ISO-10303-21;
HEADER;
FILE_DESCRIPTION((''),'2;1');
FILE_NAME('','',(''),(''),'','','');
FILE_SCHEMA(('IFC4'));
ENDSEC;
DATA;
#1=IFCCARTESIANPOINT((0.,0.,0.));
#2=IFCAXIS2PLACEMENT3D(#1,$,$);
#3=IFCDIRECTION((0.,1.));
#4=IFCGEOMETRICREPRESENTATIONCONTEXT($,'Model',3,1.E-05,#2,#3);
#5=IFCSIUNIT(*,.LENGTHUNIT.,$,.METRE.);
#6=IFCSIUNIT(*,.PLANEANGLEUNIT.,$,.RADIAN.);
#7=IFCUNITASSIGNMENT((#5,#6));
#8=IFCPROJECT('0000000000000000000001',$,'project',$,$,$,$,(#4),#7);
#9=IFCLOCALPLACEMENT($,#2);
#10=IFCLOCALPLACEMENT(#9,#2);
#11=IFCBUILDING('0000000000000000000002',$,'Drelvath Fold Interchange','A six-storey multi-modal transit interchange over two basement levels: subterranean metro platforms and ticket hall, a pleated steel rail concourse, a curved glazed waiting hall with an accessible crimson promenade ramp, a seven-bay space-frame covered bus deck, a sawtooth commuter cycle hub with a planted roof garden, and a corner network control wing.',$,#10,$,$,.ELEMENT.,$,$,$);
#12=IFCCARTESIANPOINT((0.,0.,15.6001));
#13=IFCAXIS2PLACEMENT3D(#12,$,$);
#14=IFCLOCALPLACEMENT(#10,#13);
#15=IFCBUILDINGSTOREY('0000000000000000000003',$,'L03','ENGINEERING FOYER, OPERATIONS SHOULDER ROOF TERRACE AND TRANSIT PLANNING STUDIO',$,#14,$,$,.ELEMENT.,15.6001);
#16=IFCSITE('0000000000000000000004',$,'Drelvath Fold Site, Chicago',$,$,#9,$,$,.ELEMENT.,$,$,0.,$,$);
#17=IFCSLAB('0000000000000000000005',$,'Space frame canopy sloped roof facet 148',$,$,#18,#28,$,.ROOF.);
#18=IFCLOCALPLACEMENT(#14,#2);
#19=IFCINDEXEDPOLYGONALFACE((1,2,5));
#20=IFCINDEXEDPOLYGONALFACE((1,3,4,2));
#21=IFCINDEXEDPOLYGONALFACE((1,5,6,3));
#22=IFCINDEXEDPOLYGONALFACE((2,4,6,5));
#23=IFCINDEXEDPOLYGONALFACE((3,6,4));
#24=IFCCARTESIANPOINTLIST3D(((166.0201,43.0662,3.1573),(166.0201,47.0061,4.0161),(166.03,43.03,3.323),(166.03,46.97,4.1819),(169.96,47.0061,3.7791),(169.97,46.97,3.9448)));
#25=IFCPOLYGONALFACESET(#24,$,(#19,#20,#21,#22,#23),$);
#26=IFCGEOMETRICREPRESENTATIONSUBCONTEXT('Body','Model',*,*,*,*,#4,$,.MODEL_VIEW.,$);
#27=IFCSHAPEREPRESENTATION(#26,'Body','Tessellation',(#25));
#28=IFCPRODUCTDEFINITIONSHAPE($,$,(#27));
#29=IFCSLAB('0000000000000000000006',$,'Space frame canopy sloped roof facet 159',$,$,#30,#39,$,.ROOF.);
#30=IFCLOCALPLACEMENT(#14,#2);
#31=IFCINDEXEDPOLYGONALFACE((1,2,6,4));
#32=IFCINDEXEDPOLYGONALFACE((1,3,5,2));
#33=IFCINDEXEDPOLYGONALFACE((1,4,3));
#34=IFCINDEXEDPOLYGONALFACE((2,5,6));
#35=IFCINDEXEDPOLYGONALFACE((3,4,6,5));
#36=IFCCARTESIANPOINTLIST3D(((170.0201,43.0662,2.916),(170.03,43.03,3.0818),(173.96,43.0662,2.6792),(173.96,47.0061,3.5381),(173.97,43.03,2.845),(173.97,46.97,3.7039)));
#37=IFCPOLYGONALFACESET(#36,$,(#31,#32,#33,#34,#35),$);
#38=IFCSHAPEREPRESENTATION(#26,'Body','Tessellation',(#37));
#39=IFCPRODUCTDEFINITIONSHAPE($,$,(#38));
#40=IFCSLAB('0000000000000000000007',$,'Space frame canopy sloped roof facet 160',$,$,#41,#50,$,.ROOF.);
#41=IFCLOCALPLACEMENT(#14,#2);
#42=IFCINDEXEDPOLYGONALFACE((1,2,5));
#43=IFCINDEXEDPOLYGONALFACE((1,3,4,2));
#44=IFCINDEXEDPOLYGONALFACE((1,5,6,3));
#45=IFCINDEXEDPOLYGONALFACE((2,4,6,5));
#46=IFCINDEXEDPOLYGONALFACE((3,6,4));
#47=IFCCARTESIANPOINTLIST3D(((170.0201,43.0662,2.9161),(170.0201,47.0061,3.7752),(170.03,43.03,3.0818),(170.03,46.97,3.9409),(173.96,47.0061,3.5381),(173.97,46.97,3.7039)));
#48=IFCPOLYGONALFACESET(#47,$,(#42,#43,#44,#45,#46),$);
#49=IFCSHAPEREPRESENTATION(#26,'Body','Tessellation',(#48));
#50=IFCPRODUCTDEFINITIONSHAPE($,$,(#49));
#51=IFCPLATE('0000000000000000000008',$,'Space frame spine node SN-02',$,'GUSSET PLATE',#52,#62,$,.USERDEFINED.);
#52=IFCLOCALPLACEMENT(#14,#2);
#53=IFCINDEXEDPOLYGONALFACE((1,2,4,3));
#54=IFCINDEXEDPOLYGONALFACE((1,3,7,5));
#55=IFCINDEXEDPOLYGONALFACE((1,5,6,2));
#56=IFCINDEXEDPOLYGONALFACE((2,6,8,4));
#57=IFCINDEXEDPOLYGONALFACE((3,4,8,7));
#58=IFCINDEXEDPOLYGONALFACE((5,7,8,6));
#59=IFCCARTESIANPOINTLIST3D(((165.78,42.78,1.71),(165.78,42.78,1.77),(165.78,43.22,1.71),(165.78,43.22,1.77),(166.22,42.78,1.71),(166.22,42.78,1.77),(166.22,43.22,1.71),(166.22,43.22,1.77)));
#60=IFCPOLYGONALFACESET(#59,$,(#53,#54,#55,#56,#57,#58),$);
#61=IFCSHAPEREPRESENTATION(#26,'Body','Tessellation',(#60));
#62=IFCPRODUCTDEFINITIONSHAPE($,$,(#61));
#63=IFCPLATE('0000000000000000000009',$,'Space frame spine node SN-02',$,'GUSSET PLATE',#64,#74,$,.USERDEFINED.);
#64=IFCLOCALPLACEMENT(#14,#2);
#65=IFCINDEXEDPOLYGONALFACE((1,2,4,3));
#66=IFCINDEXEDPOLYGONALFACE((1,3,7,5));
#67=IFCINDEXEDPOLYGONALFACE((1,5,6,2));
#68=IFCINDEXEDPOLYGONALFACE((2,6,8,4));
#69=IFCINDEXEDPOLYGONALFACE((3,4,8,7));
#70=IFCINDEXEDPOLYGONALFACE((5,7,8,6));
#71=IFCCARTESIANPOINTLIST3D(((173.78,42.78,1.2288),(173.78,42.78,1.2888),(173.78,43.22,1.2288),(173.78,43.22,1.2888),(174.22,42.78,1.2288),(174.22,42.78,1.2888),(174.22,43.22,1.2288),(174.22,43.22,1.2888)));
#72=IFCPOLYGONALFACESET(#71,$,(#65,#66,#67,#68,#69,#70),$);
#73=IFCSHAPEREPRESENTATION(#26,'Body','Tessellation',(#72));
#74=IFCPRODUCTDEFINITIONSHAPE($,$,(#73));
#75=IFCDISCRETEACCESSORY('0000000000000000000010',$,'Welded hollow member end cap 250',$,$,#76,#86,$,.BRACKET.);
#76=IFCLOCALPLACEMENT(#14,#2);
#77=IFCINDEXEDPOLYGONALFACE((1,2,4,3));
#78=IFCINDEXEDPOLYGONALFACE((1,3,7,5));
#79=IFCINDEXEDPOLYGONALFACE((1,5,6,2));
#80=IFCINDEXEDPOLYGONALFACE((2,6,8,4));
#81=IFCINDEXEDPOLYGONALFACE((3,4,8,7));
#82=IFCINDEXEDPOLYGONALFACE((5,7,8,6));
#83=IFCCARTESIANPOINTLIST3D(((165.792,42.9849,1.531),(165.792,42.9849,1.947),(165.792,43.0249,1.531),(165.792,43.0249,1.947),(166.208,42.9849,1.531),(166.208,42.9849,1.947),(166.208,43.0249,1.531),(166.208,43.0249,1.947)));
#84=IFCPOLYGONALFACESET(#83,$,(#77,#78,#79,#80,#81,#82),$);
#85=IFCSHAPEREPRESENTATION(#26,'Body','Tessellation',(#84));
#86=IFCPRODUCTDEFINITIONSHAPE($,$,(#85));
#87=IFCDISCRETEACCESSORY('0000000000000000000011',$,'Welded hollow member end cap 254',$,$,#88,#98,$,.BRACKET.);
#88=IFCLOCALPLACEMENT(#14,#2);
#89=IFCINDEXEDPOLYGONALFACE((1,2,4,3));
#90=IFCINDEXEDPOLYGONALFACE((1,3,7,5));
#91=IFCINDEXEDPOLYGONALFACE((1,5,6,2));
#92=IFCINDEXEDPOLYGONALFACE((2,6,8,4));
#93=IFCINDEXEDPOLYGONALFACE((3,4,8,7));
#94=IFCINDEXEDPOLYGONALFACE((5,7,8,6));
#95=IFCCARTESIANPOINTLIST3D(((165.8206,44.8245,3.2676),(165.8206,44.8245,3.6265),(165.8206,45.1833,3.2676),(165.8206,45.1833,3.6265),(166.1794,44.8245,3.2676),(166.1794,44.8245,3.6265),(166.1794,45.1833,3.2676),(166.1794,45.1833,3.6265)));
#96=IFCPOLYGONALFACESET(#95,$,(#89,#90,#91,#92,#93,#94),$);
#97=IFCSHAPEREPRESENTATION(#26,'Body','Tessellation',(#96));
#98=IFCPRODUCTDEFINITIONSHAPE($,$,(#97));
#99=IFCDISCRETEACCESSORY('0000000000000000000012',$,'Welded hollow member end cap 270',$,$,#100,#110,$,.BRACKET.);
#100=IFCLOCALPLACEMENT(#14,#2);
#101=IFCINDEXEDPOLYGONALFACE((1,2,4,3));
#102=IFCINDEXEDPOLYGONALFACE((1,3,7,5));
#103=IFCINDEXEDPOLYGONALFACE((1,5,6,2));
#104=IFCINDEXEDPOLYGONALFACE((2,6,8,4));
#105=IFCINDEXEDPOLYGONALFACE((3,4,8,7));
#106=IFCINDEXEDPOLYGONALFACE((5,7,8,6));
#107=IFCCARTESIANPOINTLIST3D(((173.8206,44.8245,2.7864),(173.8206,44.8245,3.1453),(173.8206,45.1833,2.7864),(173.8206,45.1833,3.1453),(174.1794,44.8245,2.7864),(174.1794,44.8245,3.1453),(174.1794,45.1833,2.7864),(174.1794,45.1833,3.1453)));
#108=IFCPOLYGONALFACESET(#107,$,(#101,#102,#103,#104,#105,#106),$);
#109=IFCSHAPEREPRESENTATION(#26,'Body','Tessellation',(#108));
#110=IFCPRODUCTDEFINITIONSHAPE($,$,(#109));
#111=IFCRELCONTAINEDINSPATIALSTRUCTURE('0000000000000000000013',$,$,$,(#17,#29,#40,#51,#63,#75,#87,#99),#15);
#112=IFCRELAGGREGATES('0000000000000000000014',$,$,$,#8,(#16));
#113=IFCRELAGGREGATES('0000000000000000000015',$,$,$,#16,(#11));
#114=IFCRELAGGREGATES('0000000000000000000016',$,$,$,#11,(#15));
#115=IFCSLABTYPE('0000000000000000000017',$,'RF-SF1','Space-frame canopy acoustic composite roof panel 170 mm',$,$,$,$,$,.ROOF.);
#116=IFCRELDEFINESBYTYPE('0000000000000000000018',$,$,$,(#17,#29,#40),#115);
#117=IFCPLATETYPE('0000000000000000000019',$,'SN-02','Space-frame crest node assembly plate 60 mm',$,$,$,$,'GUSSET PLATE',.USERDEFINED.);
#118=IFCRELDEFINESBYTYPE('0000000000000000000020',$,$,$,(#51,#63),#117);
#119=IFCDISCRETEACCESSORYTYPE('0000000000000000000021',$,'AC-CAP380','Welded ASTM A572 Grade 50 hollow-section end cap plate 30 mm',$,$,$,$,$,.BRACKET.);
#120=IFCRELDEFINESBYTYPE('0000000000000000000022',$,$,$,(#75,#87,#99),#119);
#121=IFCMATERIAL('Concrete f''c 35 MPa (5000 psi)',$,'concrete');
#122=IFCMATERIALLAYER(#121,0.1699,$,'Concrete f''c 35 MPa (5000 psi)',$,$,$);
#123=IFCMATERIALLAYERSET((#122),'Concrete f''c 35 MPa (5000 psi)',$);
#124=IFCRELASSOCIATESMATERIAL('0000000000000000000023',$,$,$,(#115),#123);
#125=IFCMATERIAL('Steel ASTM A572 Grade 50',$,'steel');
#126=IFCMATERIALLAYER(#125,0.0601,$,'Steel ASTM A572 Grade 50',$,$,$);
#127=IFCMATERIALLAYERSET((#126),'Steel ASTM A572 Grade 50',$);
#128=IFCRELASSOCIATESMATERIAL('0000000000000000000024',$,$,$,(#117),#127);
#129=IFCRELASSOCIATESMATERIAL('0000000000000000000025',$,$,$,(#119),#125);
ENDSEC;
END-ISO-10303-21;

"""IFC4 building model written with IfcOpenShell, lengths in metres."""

from ifc_helpers import new_model, si_unit, direction, frame, origin, origin_2d, place, context, subcontext, project, spatial, polyline, rectangle, outline, extrude, material, layer, layer_set, type_object, element, save


model = new_model("IFC4")

# Units and contexts
model_context = context("Model", 3, precision=1e-05, world=origin(), true_north=direction((0.0, 1.0)))
body_context = subcontext(model_context, "Body", "Model", "MODEL_VIEW")
ifc_project = project(units=[si_unit("LENGTHUNIT", "METRE"), si_unit("PLANEANGLEUNIT", "RADIAN")], contexts=[model_context])

# Site, building, storey
site_placement = place(None, origin())
site = spatial("IfcSite", under=ifc_project, at=site_placement, Name="Drelvath Fold Site, Chicago", CompositionType="ELEMENT", RefElevation=0.0)
building_placement = place(site_placement, origin())
building = spatial("IfcBuilding", under=site, at=building_placement, Name="Drelvath Fold Interchange", Description="A six-storey multi-modal transit interchange over two basement levels: subterranean metro platforms and ticket hall, a pleated steel rail concourse, a curved glazed waiting hall with an accessible crimson promenade ramp, a seven-bay space-frame covered bus deck, a sawtooth commuter cycle hub with a planted roof garden, and a corner network control wing.", CompositionType="ELEMENT")
storey_placement = place(building_placement, frame((0.0, 0.0, 15.6001)))
storey = spatial("IfcBuildingStorey", under=building, at=storey_placement, Name="L03", Description="ENGINEERING FOYER, OPERATIONS SHOULDER ROOF TERRACE AND TRANSIT PLANNING STUDIO", CompositionType="ELEMENT", Elevation=15.6001)

# Slabs
ifc_material_1 = material(Name="Concrete f'c 35 MPa (5000 psi)", Category="concrete")
ifc_layer_1 = layer(ifc_material_1, 0.1699, Name="Concrete f'c 35 MPa (5000 psi)")
ifc_layer_set_1 = layer_set([ifc_layer_1], Name="Concrete f'c 35 MPa (5000 psi)")
slab_type = type_object("IfcSlabType", Name="RF-SF1", Description="Space-frame canopy acoustic composite roof panel 170 mm", PredefinedType="ROOF", material=ifc_layer_set_1)
slab_1_placement = place(storey_placement, frame((166.03, 43.03, 3.323), z_axis=(0.058687, -0.212626, 0.97537), x_axis=(0.702744, 0.702744, 0.110911)))
element("IfcSlab", 1, at=slab_1_placement, inside=storey, type_object=slab_type, Name="Space frame canopy sloped roof facet 148", PredefinedType="ROOF", context=body_context, shape_type="SweptSolid", body=[
    extrude(outline(polyline([(0.0, 0.0), (5.6065, 0.0), (2.864, 2.8387), (0.0, 0.0)])), origin(), (0.0, 0.0, -1.0), 0.1699),
])
slab_2_placement = place(storey_placement, frame((170.03, 43.03, 3.0818), z_axis=(0.058626, -0.212626, 0.975373), x_axis=(0.998198, 0.0, -0.059998)))
element("IfcSlab", 2, at=slab_2_placement, inside=storey, type_object=slab_type, Name="Space frame canopy sloped roof facet 159", PredefinedType="ROOF", context=body_context, shape_type="SweptSolid", body=[
    extrude(outline(polyline([(0.0, 0.0), (3.9471, 0.0), (3.8955, 4.0321), (0.0, 0.0)])), origin(), (0.0, 0.0, -1.0), 0.1699),
])
slab_3_placement = place(storey_placement, frame((170.03, 43.03, 3.0818), z_axis=(0.058686, -0.212683, 0.975357), x_axis=(0.702741, 0.702741, 0.110954)))
element("IfcSlab", 3, at=slab_3_placement, inside=storey, type_object=slab_type, Name="Space frame canopy sloped roof facet 160", PredefinedType="ROOF", context=body_context, shape_type="SweptSolid", body=[
    extrude(outline(polyline([(0.0, 0.0), (5.6065, 0.0), (2.8641, 2.8387), (0.0, 0.0)])), origin(), (0.0, 0.0, -1.0), 0.1699),
])

# Plates
ifc_material_2 = material(Name="Steel ASTM A572 Grade 50", Category="steel")
ifc_layer_2 = layer(ifc_material_2, 0.0601, Name="Steel ASTM A572 Grade 50")
ifc_layer_set_2 = layer_set([ifc_layer_2], Name="Steel ASTM A572 Grade 50")
plate_type = type_object("IfcPlateType", Name="SN-02", Description="Space-frame crest node assembly plate 60 mm", ElementType="GUSSET PLATE", PredefinedType="USERDEFINED", material=ifc_layer_set_2)
for number, where, z_axis, x_axis, name in (
    (4, (166.0, 43.0, 1.71), (0.0, 0.0, 1.0), (1.0, 0.0, 0.0), "Space frame spine node SN-02"),
    (5, (174.0, 43.0, 1.2288), (0.0, 0.0, 1.0), (1.0, 0.0, 0.0), "Space frame spine node SN-02"),
):
    element("IfcPlate", number, at=place(storey_placement, frame(where, z_axis=z_axis, x_axis=x_axis)), inside=storey, type_object=plate_type, Name=name, ObjectType="GUSSET PLATE", PredefinedType="USERDEFINED", context=body_context, shape_type="SweptSolid", body=[
        extrude(rectangle(XDim=0.4399, YDim=0.4399, at=origin_2d()), origin(), (0.0, 0.0, 1.0), 0.0601),
    ])

# Discrete accessories
discrete_accessory_type = type_object("IfcDiscreteAccessoryType", Name="AC-CAP380", Description="Welded ASTM A572 Grade 50 hollow-section end cap plate 30 mm", PredefinedType="BRACKET", material=ifc_material_2)
discrete_accessory_placement = place(storey_placement, frame((166.0, 43.0049, 1.531), z_axis=(0.0, 0.0, 1.0), x_axis=(1.0, 0.0, 0.0)))
element("IfcDiscreteAccessory", 6, at=discrete_accessory_placement, inside=storey, type_object=discrete_accessory_type, Name="Welded hollow member end cap 250", PredefinedType="BRACKET", context=body_context, shape_type="SweptSolid", body=[
    extrude(rectangle(XDim=0.416, YDim=0.04, at=origin_2d()), origin(), (0.0, 0.0, 1.0), 0.416),
])
for number, where, z_axis, x_axis, name in (
    (7, (166.0, 45.0039, 3.2676), (0.0, 0.0, 1.0), (1.0, 0.0, 0.0), "Welded hollow member end cap 254"),
    (8, (174.0, 45.0039, 2.7864), (0.0, 0.0, 1.0), (1.0, 0.0, 0.0), "Welded hollow member end cap 270"),
):
    element("IfcDiscreteAccessory", number, at=place(storey_placement, frame(where, z_axis=z_axis, x_axis=x_axis)), inside=storey, type_object=discrete_accessory_type, Name=name, PredefinedType="BRACKET", context=body_context, shape_type="SweptSolid", body=[
        extrude(rectangle(XDim=0.3589, YDim=0.3589, at=origin_2d()), origin(), (0.0, 0.0, 1.0), 0.3589),
    ])

save(model, "model.ifc")
